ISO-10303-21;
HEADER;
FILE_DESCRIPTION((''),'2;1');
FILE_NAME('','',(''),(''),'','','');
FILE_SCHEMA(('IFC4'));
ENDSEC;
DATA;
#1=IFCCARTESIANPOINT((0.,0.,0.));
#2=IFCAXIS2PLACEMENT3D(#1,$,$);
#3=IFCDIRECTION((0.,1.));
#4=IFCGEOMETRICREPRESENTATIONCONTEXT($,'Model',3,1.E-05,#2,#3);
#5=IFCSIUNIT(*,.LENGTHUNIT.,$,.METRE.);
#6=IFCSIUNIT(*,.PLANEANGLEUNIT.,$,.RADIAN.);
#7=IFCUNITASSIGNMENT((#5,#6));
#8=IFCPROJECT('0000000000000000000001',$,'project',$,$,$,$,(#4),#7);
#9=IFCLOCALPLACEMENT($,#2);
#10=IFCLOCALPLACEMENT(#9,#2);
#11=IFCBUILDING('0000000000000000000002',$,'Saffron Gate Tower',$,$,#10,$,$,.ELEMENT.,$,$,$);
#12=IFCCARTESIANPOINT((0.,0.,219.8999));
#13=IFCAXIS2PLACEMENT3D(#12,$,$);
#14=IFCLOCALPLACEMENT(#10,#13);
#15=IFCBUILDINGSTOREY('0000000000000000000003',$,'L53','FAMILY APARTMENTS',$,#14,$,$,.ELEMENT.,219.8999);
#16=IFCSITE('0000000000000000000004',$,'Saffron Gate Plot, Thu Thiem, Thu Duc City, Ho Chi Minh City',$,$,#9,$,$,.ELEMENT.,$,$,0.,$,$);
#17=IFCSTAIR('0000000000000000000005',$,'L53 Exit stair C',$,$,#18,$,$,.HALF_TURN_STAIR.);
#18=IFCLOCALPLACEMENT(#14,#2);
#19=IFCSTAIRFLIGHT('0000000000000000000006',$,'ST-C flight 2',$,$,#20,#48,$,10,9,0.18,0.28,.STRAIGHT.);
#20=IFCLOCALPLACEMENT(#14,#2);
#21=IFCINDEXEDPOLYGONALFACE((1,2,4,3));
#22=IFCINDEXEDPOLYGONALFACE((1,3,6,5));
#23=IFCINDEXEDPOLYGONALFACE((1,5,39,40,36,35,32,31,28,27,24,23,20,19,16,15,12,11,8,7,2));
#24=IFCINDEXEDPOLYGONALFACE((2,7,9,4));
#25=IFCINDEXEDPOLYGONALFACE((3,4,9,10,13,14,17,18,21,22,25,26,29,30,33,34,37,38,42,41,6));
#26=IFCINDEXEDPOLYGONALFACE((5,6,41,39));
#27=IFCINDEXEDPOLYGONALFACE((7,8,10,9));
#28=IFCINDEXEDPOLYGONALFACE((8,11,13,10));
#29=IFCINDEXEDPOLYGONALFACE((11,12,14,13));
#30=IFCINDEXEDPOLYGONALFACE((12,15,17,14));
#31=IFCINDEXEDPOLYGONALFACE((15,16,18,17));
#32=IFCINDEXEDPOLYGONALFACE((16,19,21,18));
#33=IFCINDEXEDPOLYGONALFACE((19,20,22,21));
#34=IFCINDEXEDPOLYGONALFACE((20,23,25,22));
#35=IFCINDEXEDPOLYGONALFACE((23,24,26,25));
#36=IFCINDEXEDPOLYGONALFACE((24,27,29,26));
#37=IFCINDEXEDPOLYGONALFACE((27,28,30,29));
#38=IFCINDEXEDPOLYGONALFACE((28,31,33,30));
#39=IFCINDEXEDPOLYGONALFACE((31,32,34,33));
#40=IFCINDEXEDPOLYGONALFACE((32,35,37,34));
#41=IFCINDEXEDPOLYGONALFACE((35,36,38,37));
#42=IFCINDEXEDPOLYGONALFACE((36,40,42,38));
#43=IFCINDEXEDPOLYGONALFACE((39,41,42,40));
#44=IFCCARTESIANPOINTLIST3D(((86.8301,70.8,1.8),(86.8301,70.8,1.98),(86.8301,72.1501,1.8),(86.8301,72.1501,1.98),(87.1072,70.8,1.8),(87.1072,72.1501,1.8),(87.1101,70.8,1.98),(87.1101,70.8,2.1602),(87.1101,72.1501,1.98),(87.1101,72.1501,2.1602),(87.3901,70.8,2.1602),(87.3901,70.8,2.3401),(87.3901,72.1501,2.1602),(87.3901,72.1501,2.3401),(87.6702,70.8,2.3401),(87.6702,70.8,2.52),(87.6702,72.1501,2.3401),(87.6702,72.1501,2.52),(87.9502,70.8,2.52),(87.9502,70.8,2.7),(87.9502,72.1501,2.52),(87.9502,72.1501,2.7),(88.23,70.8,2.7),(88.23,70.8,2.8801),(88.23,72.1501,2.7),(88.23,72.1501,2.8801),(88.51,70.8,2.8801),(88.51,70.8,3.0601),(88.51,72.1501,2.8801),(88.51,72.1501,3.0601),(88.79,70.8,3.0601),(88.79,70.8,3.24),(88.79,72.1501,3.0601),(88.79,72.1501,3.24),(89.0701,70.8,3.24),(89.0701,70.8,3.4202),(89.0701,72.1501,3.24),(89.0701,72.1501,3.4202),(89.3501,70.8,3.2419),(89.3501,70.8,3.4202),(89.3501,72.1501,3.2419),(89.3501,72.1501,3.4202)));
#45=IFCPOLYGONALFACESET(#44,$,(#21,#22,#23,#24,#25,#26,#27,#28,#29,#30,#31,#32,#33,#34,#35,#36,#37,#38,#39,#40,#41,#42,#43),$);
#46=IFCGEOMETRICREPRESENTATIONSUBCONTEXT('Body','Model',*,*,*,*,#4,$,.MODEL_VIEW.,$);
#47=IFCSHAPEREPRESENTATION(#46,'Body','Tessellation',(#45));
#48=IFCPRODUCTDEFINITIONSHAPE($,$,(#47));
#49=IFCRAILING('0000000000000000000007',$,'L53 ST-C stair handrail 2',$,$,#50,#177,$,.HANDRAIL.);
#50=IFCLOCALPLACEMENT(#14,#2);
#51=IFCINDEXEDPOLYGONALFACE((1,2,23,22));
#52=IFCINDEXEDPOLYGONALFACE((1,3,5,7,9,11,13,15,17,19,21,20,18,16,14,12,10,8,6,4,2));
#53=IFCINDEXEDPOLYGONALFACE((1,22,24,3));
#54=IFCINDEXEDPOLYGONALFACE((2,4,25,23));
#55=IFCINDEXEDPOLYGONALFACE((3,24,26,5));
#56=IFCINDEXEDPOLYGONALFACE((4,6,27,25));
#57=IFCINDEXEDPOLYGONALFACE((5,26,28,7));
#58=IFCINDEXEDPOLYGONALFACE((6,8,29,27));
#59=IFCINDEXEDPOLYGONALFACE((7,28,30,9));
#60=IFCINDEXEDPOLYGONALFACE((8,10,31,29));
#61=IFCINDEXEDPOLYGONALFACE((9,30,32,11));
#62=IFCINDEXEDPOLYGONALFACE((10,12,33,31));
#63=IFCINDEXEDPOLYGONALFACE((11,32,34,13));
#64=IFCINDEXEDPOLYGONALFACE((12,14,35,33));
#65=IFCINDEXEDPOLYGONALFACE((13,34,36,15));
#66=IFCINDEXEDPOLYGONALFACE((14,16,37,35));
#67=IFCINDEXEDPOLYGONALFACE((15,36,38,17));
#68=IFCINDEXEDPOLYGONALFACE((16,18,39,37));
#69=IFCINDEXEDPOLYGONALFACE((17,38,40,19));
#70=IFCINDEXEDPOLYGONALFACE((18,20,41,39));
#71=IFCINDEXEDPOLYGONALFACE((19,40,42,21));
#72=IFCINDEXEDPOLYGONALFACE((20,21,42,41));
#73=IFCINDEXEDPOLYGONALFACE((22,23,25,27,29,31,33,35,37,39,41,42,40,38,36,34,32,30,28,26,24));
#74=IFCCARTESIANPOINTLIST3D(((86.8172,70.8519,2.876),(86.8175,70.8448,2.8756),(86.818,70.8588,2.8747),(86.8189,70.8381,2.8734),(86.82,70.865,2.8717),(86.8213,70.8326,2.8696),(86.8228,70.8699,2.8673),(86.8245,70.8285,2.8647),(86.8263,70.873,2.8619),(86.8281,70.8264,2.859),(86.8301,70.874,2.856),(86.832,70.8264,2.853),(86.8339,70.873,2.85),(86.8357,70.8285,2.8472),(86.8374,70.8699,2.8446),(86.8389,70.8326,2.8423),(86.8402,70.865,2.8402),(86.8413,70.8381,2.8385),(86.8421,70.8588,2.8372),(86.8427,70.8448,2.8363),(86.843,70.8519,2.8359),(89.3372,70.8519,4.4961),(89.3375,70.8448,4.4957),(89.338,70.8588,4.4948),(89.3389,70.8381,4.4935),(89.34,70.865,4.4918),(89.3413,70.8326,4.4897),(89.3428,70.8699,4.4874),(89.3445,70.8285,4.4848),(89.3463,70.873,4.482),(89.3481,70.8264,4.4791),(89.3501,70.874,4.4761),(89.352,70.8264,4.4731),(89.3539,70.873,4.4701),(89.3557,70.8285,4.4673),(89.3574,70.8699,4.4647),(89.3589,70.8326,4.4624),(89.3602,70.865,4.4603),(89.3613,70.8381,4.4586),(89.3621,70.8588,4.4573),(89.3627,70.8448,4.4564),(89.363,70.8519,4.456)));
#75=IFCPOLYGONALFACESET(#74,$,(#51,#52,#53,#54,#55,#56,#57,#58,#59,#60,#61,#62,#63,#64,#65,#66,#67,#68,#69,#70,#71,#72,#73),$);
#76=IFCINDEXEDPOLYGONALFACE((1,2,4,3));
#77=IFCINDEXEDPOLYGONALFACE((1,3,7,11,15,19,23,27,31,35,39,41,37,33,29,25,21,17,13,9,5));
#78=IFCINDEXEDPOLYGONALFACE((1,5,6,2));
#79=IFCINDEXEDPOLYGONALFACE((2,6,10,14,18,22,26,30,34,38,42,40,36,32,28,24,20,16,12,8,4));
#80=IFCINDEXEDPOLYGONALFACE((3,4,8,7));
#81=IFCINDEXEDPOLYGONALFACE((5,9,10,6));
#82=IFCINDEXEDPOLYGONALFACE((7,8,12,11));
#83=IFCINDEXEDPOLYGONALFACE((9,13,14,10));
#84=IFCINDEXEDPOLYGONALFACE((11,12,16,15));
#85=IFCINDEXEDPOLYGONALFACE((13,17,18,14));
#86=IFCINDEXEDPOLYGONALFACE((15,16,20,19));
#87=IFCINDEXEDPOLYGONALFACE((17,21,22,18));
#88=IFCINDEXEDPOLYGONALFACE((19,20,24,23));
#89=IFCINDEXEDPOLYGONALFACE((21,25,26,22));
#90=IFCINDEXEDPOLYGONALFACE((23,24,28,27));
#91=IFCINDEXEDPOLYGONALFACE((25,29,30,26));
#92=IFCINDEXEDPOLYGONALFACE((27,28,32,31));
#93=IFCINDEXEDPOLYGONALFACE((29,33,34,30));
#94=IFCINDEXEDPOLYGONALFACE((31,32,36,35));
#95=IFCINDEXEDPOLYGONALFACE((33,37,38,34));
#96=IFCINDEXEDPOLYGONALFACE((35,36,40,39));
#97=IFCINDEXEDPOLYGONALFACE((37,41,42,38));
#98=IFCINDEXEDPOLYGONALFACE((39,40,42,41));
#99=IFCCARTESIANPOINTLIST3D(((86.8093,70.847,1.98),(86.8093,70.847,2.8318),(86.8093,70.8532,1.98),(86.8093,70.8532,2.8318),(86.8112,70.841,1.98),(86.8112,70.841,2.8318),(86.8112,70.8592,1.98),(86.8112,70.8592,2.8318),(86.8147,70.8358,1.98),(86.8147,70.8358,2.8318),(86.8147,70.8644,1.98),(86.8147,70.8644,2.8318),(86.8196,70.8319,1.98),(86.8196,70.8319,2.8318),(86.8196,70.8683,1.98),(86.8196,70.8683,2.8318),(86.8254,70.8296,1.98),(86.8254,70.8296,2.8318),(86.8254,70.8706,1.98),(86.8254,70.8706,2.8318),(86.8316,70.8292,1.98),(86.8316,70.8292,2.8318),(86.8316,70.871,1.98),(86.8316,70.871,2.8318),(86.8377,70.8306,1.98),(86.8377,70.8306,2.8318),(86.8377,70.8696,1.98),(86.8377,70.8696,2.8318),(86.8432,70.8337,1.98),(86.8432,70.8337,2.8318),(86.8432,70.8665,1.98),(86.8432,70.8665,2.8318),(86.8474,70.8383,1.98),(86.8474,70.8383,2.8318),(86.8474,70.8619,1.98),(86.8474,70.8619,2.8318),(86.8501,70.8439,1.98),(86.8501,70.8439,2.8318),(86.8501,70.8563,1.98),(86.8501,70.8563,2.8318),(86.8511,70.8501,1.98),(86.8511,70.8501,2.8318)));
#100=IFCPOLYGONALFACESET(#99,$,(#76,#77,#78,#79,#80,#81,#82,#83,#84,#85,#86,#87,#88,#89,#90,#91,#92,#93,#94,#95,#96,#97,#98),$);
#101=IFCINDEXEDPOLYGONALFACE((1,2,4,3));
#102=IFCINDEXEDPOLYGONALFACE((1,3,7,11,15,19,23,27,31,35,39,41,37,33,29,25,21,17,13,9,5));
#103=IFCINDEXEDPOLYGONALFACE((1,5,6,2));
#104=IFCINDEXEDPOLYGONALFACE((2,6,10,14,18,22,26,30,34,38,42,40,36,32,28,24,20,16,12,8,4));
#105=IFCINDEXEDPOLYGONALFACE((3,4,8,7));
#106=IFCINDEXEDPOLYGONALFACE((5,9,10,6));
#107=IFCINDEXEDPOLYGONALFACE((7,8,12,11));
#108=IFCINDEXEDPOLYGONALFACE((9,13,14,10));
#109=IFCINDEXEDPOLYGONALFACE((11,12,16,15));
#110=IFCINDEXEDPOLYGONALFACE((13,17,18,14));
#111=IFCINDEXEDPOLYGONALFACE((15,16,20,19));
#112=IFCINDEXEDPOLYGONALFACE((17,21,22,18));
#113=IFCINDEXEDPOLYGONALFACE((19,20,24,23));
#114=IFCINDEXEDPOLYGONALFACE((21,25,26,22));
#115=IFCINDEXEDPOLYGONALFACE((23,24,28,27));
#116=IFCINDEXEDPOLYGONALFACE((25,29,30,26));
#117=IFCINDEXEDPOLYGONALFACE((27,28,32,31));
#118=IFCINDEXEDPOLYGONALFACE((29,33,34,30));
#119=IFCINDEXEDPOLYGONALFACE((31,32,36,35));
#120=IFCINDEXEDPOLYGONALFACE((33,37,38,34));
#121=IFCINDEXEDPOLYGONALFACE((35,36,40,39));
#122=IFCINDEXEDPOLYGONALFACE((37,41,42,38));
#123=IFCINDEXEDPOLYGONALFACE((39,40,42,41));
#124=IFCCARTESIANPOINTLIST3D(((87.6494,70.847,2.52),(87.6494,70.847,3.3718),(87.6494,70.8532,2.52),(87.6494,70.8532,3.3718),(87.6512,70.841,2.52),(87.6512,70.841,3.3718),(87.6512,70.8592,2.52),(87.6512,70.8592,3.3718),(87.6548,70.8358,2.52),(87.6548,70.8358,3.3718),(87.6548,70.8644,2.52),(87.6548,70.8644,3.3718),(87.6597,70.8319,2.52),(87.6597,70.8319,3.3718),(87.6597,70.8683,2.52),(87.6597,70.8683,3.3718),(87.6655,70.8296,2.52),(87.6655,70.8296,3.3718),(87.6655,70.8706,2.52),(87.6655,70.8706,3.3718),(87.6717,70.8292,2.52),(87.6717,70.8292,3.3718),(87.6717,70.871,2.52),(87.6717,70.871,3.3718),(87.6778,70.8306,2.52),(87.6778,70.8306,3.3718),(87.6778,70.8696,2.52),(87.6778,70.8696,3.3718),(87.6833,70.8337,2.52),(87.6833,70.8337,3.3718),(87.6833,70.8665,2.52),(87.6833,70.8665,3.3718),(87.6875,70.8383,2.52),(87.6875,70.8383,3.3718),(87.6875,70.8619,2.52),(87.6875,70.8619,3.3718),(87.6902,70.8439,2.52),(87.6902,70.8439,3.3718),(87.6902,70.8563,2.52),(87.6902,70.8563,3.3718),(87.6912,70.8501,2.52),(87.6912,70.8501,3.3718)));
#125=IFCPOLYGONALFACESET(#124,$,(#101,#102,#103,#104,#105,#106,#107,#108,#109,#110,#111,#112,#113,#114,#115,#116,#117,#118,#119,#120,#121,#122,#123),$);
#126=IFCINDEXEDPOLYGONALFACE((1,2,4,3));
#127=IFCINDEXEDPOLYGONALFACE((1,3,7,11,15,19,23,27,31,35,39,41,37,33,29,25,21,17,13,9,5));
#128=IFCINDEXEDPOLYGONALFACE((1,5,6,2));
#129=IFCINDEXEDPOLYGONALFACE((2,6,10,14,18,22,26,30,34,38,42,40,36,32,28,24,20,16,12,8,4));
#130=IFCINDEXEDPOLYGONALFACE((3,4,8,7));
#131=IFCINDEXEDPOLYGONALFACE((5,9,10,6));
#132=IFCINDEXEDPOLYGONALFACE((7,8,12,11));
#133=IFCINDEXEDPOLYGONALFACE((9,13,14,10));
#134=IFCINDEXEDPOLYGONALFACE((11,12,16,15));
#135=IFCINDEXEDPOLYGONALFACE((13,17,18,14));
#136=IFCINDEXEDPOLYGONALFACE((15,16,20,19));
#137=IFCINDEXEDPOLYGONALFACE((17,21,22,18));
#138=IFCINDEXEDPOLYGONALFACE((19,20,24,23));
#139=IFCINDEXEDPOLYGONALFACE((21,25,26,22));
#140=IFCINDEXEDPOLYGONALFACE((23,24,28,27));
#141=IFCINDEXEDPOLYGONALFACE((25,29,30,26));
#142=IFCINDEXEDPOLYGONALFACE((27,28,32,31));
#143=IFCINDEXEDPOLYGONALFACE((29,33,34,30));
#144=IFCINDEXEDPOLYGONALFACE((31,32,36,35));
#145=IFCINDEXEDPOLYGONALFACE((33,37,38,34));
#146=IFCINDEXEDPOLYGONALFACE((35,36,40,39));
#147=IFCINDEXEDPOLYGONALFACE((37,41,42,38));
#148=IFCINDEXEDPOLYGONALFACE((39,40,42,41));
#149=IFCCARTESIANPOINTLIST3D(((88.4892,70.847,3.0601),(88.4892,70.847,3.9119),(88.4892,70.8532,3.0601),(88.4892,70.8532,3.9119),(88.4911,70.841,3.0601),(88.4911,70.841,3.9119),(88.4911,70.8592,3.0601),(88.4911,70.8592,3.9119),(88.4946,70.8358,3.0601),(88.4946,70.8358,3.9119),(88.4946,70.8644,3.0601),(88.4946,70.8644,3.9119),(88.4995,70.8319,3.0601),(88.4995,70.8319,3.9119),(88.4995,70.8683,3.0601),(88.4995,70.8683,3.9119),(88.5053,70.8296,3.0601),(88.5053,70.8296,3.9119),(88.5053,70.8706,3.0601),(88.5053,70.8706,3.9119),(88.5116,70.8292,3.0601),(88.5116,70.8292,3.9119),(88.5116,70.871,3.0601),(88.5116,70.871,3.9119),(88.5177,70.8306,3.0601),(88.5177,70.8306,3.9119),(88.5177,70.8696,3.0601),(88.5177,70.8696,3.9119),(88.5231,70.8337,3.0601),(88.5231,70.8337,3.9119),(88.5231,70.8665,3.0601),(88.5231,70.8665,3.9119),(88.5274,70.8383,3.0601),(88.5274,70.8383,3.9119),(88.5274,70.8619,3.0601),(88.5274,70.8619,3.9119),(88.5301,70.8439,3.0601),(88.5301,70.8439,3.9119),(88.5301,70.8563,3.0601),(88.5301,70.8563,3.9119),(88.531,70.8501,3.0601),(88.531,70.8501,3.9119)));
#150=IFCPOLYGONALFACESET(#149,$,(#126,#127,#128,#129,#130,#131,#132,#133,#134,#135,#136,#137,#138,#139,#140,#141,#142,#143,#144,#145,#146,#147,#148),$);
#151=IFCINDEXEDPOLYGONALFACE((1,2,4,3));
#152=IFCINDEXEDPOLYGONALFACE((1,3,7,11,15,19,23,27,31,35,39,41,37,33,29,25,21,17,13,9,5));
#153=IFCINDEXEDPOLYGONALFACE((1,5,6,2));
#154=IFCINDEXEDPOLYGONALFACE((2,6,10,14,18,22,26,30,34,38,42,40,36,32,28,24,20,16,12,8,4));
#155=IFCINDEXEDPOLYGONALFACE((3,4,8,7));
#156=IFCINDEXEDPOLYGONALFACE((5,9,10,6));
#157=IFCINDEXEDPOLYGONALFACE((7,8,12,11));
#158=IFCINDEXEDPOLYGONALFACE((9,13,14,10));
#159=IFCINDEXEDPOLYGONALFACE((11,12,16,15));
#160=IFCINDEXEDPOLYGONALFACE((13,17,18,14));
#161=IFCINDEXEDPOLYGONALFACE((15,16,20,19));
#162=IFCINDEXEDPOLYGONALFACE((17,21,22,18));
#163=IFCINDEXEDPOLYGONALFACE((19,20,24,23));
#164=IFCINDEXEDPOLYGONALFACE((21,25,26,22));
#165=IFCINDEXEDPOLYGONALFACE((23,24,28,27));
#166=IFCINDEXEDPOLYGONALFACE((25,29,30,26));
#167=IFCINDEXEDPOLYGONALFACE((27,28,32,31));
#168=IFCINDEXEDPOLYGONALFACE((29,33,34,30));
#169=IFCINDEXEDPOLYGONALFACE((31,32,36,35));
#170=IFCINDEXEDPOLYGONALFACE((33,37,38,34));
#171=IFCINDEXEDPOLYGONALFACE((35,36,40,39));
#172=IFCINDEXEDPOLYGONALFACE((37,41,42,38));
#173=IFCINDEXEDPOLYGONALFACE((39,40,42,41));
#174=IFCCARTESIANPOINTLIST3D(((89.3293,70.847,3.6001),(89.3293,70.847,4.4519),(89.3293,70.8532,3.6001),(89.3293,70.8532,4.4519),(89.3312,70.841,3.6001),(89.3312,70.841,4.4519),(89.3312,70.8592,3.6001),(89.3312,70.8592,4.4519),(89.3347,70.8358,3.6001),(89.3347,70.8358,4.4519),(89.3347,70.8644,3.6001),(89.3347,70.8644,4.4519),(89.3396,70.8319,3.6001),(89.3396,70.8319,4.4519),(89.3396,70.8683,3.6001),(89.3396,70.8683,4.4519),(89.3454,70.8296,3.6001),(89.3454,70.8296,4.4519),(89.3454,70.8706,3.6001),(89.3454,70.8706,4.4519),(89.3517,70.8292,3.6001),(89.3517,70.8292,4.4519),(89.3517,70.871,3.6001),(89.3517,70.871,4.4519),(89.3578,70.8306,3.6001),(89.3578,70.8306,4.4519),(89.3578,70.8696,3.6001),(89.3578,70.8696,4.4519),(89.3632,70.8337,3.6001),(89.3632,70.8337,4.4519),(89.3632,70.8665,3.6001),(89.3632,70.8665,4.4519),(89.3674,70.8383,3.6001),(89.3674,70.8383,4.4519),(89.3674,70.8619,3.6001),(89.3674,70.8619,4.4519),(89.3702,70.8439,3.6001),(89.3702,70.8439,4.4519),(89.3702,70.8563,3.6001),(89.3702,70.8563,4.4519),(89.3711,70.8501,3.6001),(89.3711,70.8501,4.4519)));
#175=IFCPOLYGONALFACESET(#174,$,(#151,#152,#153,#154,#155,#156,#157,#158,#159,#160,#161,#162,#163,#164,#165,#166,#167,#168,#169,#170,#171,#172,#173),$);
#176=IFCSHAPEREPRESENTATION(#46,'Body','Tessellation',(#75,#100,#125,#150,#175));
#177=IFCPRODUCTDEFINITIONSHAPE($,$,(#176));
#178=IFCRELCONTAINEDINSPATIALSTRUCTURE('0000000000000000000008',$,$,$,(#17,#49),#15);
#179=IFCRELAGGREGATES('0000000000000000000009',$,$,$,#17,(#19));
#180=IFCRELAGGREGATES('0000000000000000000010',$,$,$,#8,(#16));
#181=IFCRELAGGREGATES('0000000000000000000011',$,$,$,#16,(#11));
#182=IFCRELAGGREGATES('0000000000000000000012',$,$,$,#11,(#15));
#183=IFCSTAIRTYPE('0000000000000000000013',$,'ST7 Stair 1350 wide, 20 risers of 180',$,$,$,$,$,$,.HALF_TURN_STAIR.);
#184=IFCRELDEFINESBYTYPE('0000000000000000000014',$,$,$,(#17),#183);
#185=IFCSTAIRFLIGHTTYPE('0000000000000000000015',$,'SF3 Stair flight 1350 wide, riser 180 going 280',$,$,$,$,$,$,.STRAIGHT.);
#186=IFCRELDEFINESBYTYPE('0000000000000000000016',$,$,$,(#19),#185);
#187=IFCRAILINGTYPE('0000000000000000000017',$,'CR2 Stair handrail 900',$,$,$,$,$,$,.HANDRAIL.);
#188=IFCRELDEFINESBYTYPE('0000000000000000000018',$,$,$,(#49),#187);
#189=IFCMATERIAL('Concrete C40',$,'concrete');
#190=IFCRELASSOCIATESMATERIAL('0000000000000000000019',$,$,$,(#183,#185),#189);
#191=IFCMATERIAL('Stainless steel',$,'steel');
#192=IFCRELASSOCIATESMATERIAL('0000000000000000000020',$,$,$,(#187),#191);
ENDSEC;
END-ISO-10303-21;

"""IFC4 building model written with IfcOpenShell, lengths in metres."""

from ifc_helpers import new_model, si_unit, direction, frame, origin, origin_2d, place, context, subcontext, project, spatial, polyline, circle, outline, extrude, material, type_object, element, aggregate, save


model = new_model("IFC4")

# Units and contexts
model_context = context("Model", 3, precision=1e-05, world=origin(), true_north=direction((0.0, 1.0)))
body_context = subcontext(model_context, "Body", "Model", "MODEL_VIEW")
ifc_project = project(units=[si_unit("LENGTHUNIT", "METRE"), si_unit("PLANEANGLEUNIT", "RADIAN")], contexts=[model_context])

# Site, building, storey
site_placement = place(None, origin())
site = spatial("IfcSite", under=ifc_project, at=site_placement, Name="Saffron Gate Plot, Thu Thiem, Thu Duc City, Ho Chi Minh City", CompositionType="ELEMENT", RefElevation=0.0)
building_placement = place(site_placement, origin())
building = spatial("IfcBuilding", under=site, at=building_placement, Name="Saffron Gate Tower", CompositionType="ELEMENT")
storey_placement = place(building_placement, frame((0.0, 0.0, 219.8999)))
storey = spatial("IfcBuildingStorey", under=building, at=storey_placement, Name="L53", Description="FAMILY APARTMENTS", CompositionType="ELEMENT", Elevation=219.8999)

# Stair, stair flight
ifc_material_1 = material(Name="Concrete C40", Category="concrete")
stair_type = type_object("IfcStairType", Name="ST7 Stair 1350 wide, 20 risers of 180", PredefinedType="HALF_TURN_STAIR", material=ifc_material_1)
stair_placement = place(storey_placement, origin())
stair = element("IfcStair", 1, at=stair_placement, inside=storey, type_object=stair_type, Name="L53 Exit stair C", PredefinedType="HALF_TURN_STAIR")
stair_flight_type = type_object("IfcStairFlightType", Name="SF3 Stair flight 1350 wide, riser 180 going 280", PredefinedType="STRAIGHT", material=ifc_material_1)
stair_flight_1_placement = place(storey_placement, frame((86.8301, 71.4751, 1.8), z_axis=(0.0, 0.0, 1.0), x_axis=(1.0, 0.0, 0.0)))
stair_flight_1 = element("IfcStairFlight", 2, at=stair_flight_1_placement, type_object=stair_flight_type, Name="ST-C flight 2", NumberOfRisers=10, NumberOfTreads=9, PredefinedType="STRAIGHT", RiserHeight=0.18, TreadLength=0.28, context=body_context, shape_type="SweptSolid", body=[
    extrude(outline(polyline([(0.0, 0.0), (0.0, 0.1799), (0.28, 0.1799), (0.28, 0.3601), (0.5601, 0.3601), (0.5601, 0.54), (0.8401, 0.54), (0.8401, 0.72), (1.1201, 0.72), (1.1201, 0.8999), (1.3999, 0.8999), (1.3999, 1.0801), (1.6799, 1.0801), (1.6799, 1.26), (1.96, 1.26), (1.96, 1.4399), (2.24, 1.4399), (2.24, 1.6201), (2.52, 1.6201), (2.52, 1.8), (2.52, 1.4419), (0.2771, 0.0), (0.0, 0.0)])), frame((0.0, 0.675, 0.0), z_axis=(0.0, -1.0, 0.0), x_axis=(1.0, 0.0, 0.0)), (0.0, 0.0, 1.0), 1.3501),
])
aggregate(stair, [stair_flight_1])

# Railing
ifc_material_2 = material(Name="Stainless steel", Category="steel")
railing_type = type_object("IfcRailingType", Name="CR2 Stair handrail 900", PredefinedType="HANDRAIL", material=ifc_material_2)
railing_placement = place(storey_placement, frame((86.8301, 70.8501, 1.98)))
element("IfcRailing", 3, at=railing_placement, inside=storey, type_object=railing_type, Name="L53 ST-C stair handrail 2", PredefinedType="HANDRAIL", context=body_context, shape_type="SweptSolid", body=[
    extrude(circle(Radius=0.0239, at=origin_2d()), frame((0.0, 0.0, 0.876), z_axis=(0.841163, 0.0, 0.540782), x_axis=(0.0, 1.0, 0.0)), (0.0, 0.0, 1.0), 2.9958),
    extrude(circle(Radius=0.021, at=origin_2d()), origin(), (0.0, 0.0, 1.0), 0.8518),
    extrude(circle(Radius=0.021, at=origin_2d()), frame((0.8401, 0.0, 0.54)), (0.0, 0.0, 1.0), 0.8518),
    extrude(circle(Radius=0.021, at=origin_2d()), frame((1.6799, 0.0, 1.0801)), (0.0, 0.0, 1.0), 0.8518),
    extrude(circle(Radius=0.021, at=origin_2d()), frame((2.52, 0.0, 1.6201)), (0.0, 0.0, 1.0), 0.8518),
])

save(model, "model.ifc")
